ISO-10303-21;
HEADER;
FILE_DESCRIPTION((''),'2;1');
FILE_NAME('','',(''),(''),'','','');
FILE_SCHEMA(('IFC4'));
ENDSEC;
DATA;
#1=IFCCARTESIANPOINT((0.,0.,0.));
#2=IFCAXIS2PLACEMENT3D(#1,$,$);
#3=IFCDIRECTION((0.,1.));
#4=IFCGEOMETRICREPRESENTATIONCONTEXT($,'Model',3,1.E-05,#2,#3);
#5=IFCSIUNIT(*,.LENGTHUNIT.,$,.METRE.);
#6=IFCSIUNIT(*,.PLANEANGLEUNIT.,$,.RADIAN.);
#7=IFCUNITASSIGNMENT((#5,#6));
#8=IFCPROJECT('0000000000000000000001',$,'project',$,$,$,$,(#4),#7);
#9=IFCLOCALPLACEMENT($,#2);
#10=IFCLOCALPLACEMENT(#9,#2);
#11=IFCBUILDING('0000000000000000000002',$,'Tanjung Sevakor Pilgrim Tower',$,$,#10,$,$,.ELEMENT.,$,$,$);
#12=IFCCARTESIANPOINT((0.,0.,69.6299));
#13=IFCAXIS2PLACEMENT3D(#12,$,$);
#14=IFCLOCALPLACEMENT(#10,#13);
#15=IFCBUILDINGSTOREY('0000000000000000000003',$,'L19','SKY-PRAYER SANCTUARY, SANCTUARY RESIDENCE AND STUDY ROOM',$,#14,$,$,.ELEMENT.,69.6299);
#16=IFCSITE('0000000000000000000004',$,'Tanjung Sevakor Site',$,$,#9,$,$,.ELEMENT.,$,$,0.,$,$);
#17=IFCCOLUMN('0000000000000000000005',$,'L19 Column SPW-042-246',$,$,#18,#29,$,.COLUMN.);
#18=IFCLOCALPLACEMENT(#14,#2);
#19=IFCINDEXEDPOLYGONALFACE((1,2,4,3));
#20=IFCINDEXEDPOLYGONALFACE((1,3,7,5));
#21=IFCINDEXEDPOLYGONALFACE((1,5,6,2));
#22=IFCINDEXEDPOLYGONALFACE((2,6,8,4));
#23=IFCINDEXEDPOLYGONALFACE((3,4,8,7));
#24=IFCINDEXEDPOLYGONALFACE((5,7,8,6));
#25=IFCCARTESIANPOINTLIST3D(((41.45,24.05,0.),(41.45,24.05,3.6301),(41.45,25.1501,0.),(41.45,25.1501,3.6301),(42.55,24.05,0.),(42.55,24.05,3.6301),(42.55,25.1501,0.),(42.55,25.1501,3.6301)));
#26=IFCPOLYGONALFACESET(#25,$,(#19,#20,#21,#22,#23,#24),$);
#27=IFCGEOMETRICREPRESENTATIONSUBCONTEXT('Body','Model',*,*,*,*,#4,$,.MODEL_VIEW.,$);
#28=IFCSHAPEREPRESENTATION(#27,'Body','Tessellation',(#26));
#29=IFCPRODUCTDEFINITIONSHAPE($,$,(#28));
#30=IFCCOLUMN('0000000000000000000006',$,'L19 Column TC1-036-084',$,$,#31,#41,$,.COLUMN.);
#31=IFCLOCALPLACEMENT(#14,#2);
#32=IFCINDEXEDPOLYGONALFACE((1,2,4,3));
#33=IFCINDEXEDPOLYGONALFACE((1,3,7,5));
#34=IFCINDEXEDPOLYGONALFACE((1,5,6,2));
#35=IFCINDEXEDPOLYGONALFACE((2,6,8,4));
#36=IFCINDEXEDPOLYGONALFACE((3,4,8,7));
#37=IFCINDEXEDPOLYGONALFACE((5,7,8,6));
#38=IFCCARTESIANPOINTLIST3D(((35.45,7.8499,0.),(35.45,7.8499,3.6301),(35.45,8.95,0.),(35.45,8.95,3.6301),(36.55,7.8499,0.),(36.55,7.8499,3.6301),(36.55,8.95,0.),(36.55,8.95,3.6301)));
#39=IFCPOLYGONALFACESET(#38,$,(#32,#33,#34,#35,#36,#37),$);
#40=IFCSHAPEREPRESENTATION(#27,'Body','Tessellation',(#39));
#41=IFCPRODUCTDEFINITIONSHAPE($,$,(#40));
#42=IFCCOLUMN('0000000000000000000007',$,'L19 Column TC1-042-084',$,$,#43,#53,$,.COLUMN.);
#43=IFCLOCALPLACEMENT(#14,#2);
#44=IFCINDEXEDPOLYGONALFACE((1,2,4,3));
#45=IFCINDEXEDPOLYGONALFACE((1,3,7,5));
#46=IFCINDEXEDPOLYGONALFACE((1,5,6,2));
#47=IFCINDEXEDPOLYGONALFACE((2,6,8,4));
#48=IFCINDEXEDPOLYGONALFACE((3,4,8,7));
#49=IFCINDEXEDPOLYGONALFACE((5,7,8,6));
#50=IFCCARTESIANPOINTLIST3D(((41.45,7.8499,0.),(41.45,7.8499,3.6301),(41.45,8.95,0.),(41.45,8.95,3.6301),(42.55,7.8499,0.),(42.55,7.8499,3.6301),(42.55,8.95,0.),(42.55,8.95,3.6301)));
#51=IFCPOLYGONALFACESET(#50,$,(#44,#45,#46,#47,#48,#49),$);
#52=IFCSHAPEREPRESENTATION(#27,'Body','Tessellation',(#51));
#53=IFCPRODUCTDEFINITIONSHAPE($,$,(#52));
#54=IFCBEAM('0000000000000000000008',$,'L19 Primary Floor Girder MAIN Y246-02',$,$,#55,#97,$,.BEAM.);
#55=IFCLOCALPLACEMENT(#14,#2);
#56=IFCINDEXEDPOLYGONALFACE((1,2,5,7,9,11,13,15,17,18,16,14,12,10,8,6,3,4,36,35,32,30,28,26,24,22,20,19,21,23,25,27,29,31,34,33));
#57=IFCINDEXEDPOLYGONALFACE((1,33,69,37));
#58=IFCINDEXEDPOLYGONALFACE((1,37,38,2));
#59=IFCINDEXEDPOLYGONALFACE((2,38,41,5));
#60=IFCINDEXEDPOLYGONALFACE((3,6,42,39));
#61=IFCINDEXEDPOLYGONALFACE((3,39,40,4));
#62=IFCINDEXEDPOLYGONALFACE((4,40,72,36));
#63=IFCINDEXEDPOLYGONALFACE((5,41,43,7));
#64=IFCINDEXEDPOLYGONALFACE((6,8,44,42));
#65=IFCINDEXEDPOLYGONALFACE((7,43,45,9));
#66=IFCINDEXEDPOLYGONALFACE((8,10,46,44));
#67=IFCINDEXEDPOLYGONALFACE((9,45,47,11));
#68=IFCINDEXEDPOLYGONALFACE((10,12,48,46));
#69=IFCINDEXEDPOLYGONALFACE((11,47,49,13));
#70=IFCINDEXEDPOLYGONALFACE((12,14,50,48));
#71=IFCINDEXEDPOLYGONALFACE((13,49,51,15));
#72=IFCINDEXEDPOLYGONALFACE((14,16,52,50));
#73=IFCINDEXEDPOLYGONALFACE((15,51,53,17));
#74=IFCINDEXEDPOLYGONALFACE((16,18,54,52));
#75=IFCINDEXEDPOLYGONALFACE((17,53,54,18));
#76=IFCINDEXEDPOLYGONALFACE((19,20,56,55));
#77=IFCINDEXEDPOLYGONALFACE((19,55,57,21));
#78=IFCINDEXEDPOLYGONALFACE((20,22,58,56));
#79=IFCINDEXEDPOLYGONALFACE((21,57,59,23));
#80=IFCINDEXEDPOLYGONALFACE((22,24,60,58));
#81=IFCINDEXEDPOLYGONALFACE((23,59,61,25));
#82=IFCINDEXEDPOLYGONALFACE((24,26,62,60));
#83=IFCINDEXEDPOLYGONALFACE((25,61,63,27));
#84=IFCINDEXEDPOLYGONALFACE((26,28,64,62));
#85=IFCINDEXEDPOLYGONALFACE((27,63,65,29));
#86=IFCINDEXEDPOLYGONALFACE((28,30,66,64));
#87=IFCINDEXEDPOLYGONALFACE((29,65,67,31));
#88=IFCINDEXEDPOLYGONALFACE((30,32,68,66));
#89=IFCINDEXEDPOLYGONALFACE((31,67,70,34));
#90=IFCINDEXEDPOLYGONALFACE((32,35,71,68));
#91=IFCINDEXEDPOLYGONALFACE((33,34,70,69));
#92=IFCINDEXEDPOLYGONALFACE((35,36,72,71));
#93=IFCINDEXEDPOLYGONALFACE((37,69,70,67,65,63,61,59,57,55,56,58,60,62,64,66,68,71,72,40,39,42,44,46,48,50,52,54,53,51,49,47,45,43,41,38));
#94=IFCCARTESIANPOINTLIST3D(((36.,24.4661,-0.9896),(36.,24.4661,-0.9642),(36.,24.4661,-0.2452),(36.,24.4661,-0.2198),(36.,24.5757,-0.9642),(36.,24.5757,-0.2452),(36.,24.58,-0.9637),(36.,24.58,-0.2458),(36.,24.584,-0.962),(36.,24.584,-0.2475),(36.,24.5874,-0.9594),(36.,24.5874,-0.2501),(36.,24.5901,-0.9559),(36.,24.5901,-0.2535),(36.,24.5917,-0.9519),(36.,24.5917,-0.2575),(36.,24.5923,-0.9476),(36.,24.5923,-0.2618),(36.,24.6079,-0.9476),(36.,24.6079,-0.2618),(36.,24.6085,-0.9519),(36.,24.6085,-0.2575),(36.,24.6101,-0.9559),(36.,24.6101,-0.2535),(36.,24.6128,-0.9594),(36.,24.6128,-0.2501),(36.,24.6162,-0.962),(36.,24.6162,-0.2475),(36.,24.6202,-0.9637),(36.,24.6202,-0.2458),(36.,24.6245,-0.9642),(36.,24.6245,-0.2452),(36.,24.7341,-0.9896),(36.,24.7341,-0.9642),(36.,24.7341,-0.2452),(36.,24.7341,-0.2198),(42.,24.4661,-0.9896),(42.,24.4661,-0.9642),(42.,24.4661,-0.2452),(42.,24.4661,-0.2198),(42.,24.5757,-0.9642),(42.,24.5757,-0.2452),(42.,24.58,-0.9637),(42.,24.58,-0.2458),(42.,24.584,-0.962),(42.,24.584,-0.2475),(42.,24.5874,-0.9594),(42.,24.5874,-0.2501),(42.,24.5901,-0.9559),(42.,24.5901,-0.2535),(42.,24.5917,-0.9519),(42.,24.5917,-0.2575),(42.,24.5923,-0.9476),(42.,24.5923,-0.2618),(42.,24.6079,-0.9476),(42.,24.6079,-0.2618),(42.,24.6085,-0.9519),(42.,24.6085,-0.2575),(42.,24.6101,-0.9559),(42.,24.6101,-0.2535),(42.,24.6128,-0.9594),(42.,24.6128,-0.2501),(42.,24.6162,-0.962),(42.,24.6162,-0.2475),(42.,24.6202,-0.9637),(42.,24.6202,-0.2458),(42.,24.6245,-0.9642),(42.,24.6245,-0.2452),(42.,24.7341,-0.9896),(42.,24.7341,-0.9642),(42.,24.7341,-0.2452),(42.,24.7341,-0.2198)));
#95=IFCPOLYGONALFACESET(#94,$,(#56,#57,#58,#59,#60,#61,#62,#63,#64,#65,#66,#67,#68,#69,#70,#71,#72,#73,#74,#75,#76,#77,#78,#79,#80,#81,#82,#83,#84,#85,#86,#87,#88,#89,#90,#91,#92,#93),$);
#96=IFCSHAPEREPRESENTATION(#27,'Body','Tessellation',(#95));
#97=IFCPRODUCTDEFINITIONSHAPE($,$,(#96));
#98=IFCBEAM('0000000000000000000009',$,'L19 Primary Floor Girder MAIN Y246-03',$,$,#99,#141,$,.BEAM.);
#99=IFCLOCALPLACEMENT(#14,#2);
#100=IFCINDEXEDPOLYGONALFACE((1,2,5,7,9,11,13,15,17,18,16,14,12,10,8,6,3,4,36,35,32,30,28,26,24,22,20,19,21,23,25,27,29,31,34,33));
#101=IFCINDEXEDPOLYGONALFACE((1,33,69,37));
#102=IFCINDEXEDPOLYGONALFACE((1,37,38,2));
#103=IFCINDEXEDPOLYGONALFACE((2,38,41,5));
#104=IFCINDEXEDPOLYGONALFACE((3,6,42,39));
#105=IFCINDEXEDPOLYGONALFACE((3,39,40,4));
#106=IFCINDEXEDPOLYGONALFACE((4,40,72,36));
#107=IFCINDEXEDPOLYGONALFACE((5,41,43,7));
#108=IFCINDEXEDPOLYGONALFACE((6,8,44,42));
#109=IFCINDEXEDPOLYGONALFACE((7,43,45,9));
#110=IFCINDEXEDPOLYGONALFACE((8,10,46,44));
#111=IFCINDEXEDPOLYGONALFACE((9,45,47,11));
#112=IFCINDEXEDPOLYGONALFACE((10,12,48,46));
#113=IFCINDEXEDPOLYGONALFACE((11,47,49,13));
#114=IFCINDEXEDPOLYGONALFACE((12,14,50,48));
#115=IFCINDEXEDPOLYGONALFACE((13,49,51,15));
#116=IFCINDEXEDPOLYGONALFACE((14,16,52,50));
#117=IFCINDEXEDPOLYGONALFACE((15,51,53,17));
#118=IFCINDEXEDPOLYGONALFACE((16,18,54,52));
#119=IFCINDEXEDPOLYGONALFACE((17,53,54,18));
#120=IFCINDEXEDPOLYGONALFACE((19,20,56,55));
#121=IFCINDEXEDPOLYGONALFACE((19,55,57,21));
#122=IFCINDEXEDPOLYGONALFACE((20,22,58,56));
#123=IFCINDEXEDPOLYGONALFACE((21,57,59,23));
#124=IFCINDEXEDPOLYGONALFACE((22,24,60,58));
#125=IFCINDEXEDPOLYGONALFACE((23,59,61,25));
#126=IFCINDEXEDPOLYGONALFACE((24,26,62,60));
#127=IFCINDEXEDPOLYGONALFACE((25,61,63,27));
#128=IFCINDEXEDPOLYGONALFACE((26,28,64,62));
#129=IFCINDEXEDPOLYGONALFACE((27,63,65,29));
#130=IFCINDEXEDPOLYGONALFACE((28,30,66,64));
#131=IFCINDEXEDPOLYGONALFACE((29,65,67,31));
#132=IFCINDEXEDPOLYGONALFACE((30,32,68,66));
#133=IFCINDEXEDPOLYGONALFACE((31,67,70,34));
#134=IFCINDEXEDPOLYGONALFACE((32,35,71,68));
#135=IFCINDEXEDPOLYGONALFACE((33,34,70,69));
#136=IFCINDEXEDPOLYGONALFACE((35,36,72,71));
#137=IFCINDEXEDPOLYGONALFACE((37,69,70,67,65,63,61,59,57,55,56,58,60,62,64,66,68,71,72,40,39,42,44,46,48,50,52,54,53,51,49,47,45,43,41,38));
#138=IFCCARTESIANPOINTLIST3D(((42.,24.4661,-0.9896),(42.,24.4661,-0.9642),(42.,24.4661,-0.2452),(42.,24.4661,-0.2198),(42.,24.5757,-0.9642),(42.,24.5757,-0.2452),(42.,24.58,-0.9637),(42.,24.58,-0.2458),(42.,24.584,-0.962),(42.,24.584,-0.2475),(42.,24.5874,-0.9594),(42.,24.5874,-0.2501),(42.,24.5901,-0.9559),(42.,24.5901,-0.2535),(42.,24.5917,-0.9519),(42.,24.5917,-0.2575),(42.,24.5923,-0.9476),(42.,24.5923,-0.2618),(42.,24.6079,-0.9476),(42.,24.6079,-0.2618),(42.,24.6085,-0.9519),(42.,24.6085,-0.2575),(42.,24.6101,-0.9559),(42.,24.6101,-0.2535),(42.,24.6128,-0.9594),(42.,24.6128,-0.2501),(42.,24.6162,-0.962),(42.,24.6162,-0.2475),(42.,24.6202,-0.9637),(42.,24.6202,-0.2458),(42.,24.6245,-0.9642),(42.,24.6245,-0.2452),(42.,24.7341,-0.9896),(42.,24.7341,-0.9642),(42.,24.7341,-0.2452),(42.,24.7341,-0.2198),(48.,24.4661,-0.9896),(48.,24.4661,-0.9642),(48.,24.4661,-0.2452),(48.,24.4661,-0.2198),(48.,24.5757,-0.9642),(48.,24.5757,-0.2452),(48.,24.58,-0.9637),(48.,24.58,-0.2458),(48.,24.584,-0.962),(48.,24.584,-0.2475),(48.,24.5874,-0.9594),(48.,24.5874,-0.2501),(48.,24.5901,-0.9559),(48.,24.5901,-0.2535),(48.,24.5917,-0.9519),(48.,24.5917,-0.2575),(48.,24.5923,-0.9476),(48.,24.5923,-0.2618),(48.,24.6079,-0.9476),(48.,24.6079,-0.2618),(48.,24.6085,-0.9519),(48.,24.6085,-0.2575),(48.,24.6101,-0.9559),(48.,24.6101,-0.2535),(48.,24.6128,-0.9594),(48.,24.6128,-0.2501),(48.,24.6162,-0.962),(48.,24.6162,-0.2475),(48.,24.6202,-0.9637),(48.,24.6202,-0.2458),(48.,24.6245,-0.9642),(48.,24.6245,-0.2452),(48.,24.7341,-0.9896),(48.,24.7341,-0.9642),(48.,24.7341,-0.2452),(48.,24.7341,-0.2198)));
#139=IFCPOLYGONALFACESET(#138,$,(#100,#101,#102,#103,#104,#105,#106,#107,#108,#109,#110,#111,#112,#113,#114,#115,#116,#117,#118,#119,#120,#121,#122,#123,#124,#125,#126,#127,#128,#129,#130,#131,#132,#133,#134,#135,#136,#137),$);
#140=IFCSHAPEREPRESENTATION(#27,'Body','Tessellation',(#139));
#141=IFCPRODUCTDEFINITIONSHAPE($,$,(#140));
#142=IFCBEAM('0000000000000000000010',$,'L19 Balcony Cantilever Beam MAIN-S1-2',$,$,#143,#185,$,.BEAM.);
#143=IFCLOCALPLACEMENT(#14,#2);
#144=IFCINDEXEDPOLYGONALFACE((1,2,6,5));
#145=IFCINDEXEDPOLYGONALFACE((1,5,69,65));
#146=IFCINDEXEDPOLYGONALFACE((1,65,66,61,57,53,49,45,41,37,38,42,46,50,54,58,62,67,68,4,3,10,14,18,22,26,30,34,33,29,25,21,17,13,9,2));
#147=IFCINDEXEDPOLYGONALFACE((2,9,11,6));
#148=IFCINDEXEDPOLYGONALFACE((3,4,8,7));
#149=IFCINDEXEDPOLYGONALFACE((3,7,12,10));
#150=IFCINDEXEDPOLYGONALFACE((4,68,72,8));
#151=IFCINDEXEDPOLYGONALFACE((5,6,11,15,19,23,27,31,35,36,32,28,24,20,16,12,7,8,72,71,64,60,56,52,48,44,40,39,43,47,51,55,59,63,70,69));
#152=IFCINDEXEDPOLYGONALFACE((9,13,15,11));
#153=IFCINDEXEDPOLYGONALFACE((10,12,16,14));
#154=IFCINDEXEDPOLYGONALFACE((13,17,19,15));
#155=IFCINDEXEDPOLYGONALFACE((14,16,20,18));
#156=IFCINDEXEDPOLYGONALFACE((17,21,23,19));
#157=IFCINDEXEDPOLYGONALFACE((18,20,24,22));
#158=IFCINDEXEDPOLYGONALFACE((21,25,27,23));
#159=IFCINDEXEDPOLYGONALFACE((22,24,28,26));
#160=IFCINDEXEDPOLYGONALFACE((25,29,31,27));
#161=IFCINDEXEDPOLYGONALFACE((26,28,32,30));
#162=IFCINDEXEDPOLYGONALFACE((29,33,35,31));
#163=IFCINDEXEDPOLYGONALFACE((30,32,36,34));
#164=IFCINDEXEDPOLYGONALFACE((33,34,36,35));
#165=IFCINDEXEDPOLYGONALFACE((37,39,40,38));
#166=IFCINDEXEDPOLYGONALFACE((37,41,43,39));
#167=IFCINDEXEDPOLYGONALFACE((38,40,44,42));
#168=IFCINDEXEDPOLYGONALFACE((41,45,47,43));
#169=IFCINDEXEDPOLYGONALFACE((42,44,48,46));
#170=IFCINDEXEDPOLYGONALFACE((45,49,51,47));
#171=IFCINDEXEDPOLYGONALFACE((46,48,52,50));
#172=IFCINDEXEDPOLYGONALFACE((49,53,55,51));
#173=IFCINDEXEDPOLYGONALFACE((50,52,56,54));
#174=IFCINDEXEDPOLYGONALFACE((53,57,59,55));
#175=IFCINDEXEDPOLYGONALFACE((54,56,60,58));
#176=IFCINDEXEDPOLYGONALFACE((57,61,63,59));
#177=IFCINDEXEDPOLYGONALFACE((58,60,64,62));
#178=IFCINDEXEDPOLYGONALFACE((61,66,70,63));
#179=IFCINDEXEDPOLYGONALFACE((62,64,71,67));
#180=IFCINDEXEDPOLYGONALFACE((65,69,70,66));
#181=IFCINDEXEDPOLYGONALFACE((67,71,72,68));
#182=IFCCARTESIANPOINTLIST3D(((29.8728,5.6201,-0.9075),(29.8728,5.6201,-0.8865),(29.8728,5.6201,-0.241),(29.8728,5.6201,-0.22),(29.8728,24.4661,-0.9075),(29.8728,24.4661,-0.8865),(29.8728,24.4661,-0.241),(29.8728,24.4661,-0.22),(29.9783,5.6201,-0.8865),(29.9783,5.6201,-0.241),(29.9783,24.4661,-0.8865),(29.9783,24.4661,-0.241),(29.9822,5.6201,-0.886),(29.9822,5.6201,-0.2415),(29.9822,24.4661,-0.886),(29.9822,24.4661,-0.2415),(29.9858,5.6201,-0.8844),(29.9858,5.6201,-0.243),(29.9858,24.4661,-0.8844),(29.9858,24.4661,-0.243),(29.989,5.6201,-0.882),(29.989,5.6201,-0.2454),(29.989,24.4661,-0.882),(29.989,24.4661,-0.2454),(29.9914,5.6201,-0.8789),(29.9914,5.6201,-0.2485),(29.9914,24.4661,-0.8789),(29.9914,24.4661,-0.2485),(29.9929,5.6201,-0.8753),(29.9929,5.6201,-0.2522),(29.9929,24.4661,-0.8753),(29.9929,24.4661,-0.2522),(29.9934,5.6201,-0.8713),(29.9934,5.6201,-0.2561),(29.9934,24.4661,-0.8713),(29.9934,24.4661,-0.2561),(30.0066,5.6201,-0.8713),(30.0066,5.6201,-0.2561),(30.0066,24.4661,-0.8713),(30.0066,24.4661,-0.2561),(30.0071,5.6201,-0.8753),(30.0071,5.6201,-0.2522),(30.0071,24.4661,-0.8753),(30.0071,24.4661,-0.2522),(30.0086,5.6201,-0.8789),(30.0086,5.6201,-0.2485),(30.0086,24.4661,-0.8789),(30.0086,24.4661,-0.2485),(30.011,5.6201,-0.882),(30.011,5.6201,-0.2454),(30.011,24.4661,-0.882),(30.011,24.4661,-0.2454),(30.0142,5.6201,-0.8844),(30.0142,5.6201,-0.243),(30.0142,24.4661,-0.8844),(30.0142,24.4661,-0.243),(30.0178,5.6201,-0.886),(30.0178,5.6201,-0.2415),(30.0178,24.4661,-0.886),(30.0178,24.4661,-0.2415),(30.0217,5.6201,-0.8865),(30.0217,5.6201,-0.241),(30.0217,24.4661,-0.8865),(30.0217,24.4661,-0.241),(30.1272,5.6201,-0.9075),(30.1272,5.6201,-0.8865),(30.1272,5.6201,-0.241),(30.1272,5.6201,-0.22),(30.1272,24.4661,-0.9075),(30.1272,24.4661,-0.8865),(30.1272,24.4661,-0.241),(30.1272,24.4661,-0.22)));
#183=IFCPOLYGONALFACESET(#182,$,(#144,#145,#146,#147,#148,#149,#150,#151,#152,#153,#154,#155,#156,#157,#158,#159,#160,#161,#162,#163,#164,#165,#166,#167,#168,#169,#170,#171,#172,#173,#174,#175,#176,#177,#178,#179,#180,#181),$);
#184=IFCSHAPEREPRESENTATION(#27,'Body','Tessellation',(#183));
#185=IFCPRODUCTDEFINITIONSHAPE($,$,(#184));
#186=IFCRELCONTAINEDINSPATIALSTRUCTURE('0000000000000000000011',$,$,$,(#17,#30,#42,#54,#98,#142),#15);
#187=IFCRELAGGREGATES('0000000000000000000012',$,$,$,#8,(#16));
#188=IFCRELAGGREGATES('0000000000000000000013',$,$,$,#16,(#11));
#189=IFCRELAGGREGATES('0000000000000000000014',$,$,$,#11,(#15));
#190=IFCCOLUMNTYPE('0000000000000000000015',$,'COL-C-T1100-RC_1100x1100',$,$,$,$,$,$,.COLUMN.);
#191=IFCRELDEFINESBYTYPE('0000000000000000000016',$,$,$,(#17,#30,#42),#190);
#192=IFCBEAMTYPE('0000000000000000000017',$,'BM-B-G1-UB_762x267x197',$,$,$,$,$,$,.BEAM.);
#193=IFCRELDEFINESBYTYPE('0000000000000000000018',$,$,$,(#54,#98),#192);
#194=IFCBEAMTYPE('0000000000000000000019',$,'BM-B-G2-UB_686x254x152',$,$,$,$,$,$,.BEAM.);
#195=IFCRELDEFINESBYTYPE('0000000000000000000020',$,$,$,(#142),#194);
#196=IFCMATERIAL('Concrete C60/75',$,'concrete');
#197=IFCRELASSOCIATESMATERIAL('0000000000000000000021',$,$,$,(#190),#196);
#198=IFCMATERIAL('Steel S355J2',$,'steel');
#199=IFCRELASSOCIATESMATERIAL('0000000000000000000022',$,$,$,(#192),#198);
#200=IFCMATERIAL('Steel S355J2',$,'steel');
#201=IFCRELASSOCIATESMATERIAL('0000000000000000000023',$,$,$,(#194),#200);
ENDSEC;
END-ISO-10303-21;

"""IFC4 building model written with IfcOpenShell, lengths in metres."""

from ifc_helpers import new_model, si_unit, direction, frame, origin, origin_2d, place, context, subcontext, project, spatial, rectangle, i_section, extrude, material, material_profile, profile_set, type_object, element, save


model = new_model("IFC4")

# Units and contexts
model_context = context("Model", 3, precision=1e-05, world=origin(), true_north=direction((0.0, 1.0)))
body_context = subcontext(model_context, "Body", "Model", "MODEL_VIEW")
ifc_project = project(units=[si_unit("LENGTHUNIT", "METRE"), si_unit("PLANEANGLEUNIT", "RADIAN")], contexts=[model_context])

# Site, building, storey
site_placement = place(None, origin())
site = spatial("IfcSite", under=ifc_project, at=site_placement, Name="Tanjung Sevakor Site", CompositionType="ELEMENT", RefElevation=0.0)
building_placement = place(site_placement, origin())
building = spatial("IfcBuilding", under=site, at=building_placement, Name="Tanjung Sevakor Pilgrim Tower", CompositionType="ELEMENT")
storey_placement = place(building_placement, frame((0.0, 0.0, 69.6299)))
storey = spatial("IfcBuildingStorey", under=building, at=storey_placement, Name="L19", Description="SKY-PRAYER SANCTUARY, SANCTUARY RESIDENCE AND STUDY ROOM", CompositionType="ELEMENT", Elevation=69.6299)

# Columns
ifc_material_1 = material(Name="Concrete C60/75", Category="concrete")
ifc_material_profile_1 = material_profile(ifc_material_1, rectangle(XDim=1.1001, YDim=1.1001, at=origin_2d()))
ifc_profile_set_1 = profile_set([ifc_material_profile_1], Name="Concrete C60/75")
column_type = type_object("IfcColumnType", Name="COL-C-T1100-RC_1100x1100", PredefinedType="COLUMN", material=ifc_profile_set_1)
for number, where, z_axis, x_axis, name in (
    (1, (42.0, 24.6001, 0.0), (0.0, 0.0, 1.0), (1.0, 0.0, 0.0), "L19 Column SPW-042-246"),
    (2, (36.0, 8.3999, 0.0), (0.0, 0.0, 1.0), (1.0, 0.0, 0.0), "L19 Column TC1-036-084"),
    (3, (42.0, 8.3999, 0.0), (0.0, 0.0, 1.0), (1.0, 0.0, 0.0), "L19 Column TC1-042-084"),
):
    element("IfcColumn", number, at=place(storey_placement, frame(where, z_axis=z_axis, x_axis=x_axis)), inside=storey, type_object=column_type, Name=name, PredefinedType="COLUMN", context=body_context, shape_type="SweptSolid", body=[
        extrude(rectangle(XDim=1.1001, YDim=1.1001, at=origin_2d()), origin(), (0.0, 0.0, 1.0), 3.6301),
    ])

# Beams
ifc_material_2 = material(Name="Steel S355J2", Category="steel")
ifc_material_profile_2 = material_profile(ifc_material_2, i_section(OverallWidth=0.2681, OverallDepth=0.7698, WebThickness=0.0156, FlangeThickness=0.0254, FilletRadius=0.0166, at=origin_2d()))
ifc_profile_set_2 = profile_set([ifc_material_profile_2], Name="Steel S355J2")
beam_type_1 = type_object("IfcBeamType", Name="BM-B-G1-UB_762x267x197", PredefinedType="BEAM", material=ifc_profile_set_2)
for number, where, z_axis, x_axis, name in (
    (4, (36.0, 24.6001, -0.6047), (1.0, 0.0, 0.0), (0.0, 1.0, 0.0), "L19 Primary Floor Girder MAIN Y246-02"),
    (5, (42.0, 24.6001, -0.6047), (1.0, 0.0, 0.0), (0.0, 1.0, 0.0), "L19 Primary Floor Girder MAIN Y246-03"),
):
    element("IfcBeam", number, at=place(storey_placement, frame(where, z_axis=z_axis, x_axis=x_axis)), inside=storey, type_object=beam_type_1, Name=name, PredefinedType="BEAM", context=body_context, shape_type="SweptSolid", body=[
        extrude(i_section(OverallWidth=0.2681, OverallDepth=0.7698, WebThickness=0.0156, FlangeThickness=0.0254, FilletRadius=0.0166, at=origin_2d()), origin(), (0.0, 0.0, 1.0), 6.0),
    ])
ifc_material_3 = material(Name="Steel S355J2", Category="steel")
ifc_material_profile_3 = material_profile(ifc_material_3, i_section(OverallWidth=0.2544, OverallDepth=0.6875, WebThickness=0.0132, FlangeThickness=0.021, FilletRadius=0.0151, at=origin_2d()))
ifc_profile_set_3 = profile_set([ifc_material_profile_3], Name="Steel S355J2")
beam_type_2 = type_object("IfcBeamType", Name="BM-B-G2-UB_686x254x152", PredefinedType="BEAM", material=ifc_profile_set_3)
beam_1_placement = place(storey_placement, frame((30.0, 24.4661, -0.5637), z_axis=(0.0, -1.0, 0.0), x_axis=(1.0, 0.0, 0.0)))
element("IfcBeam", 6, at=beam_1_placement, inside=storey, type_object=beam_type_2, Name="L19 Balcony Cantilever Beam MAIN-S1-2", PredefinedType="BEAM", context=body_context, shape_type="SweptSolid", body=[
    extrude(i_section(OverallWidth=0.2544, OverallDepth=0.6875, WebThickness=0.0132, FlangeThickness=0.021, FilletRadius=0.0151, at=origin_2d()), origin(), (0.0, 0.0, 1.0), 18.8459),
])

save(model, "model.ifc")
